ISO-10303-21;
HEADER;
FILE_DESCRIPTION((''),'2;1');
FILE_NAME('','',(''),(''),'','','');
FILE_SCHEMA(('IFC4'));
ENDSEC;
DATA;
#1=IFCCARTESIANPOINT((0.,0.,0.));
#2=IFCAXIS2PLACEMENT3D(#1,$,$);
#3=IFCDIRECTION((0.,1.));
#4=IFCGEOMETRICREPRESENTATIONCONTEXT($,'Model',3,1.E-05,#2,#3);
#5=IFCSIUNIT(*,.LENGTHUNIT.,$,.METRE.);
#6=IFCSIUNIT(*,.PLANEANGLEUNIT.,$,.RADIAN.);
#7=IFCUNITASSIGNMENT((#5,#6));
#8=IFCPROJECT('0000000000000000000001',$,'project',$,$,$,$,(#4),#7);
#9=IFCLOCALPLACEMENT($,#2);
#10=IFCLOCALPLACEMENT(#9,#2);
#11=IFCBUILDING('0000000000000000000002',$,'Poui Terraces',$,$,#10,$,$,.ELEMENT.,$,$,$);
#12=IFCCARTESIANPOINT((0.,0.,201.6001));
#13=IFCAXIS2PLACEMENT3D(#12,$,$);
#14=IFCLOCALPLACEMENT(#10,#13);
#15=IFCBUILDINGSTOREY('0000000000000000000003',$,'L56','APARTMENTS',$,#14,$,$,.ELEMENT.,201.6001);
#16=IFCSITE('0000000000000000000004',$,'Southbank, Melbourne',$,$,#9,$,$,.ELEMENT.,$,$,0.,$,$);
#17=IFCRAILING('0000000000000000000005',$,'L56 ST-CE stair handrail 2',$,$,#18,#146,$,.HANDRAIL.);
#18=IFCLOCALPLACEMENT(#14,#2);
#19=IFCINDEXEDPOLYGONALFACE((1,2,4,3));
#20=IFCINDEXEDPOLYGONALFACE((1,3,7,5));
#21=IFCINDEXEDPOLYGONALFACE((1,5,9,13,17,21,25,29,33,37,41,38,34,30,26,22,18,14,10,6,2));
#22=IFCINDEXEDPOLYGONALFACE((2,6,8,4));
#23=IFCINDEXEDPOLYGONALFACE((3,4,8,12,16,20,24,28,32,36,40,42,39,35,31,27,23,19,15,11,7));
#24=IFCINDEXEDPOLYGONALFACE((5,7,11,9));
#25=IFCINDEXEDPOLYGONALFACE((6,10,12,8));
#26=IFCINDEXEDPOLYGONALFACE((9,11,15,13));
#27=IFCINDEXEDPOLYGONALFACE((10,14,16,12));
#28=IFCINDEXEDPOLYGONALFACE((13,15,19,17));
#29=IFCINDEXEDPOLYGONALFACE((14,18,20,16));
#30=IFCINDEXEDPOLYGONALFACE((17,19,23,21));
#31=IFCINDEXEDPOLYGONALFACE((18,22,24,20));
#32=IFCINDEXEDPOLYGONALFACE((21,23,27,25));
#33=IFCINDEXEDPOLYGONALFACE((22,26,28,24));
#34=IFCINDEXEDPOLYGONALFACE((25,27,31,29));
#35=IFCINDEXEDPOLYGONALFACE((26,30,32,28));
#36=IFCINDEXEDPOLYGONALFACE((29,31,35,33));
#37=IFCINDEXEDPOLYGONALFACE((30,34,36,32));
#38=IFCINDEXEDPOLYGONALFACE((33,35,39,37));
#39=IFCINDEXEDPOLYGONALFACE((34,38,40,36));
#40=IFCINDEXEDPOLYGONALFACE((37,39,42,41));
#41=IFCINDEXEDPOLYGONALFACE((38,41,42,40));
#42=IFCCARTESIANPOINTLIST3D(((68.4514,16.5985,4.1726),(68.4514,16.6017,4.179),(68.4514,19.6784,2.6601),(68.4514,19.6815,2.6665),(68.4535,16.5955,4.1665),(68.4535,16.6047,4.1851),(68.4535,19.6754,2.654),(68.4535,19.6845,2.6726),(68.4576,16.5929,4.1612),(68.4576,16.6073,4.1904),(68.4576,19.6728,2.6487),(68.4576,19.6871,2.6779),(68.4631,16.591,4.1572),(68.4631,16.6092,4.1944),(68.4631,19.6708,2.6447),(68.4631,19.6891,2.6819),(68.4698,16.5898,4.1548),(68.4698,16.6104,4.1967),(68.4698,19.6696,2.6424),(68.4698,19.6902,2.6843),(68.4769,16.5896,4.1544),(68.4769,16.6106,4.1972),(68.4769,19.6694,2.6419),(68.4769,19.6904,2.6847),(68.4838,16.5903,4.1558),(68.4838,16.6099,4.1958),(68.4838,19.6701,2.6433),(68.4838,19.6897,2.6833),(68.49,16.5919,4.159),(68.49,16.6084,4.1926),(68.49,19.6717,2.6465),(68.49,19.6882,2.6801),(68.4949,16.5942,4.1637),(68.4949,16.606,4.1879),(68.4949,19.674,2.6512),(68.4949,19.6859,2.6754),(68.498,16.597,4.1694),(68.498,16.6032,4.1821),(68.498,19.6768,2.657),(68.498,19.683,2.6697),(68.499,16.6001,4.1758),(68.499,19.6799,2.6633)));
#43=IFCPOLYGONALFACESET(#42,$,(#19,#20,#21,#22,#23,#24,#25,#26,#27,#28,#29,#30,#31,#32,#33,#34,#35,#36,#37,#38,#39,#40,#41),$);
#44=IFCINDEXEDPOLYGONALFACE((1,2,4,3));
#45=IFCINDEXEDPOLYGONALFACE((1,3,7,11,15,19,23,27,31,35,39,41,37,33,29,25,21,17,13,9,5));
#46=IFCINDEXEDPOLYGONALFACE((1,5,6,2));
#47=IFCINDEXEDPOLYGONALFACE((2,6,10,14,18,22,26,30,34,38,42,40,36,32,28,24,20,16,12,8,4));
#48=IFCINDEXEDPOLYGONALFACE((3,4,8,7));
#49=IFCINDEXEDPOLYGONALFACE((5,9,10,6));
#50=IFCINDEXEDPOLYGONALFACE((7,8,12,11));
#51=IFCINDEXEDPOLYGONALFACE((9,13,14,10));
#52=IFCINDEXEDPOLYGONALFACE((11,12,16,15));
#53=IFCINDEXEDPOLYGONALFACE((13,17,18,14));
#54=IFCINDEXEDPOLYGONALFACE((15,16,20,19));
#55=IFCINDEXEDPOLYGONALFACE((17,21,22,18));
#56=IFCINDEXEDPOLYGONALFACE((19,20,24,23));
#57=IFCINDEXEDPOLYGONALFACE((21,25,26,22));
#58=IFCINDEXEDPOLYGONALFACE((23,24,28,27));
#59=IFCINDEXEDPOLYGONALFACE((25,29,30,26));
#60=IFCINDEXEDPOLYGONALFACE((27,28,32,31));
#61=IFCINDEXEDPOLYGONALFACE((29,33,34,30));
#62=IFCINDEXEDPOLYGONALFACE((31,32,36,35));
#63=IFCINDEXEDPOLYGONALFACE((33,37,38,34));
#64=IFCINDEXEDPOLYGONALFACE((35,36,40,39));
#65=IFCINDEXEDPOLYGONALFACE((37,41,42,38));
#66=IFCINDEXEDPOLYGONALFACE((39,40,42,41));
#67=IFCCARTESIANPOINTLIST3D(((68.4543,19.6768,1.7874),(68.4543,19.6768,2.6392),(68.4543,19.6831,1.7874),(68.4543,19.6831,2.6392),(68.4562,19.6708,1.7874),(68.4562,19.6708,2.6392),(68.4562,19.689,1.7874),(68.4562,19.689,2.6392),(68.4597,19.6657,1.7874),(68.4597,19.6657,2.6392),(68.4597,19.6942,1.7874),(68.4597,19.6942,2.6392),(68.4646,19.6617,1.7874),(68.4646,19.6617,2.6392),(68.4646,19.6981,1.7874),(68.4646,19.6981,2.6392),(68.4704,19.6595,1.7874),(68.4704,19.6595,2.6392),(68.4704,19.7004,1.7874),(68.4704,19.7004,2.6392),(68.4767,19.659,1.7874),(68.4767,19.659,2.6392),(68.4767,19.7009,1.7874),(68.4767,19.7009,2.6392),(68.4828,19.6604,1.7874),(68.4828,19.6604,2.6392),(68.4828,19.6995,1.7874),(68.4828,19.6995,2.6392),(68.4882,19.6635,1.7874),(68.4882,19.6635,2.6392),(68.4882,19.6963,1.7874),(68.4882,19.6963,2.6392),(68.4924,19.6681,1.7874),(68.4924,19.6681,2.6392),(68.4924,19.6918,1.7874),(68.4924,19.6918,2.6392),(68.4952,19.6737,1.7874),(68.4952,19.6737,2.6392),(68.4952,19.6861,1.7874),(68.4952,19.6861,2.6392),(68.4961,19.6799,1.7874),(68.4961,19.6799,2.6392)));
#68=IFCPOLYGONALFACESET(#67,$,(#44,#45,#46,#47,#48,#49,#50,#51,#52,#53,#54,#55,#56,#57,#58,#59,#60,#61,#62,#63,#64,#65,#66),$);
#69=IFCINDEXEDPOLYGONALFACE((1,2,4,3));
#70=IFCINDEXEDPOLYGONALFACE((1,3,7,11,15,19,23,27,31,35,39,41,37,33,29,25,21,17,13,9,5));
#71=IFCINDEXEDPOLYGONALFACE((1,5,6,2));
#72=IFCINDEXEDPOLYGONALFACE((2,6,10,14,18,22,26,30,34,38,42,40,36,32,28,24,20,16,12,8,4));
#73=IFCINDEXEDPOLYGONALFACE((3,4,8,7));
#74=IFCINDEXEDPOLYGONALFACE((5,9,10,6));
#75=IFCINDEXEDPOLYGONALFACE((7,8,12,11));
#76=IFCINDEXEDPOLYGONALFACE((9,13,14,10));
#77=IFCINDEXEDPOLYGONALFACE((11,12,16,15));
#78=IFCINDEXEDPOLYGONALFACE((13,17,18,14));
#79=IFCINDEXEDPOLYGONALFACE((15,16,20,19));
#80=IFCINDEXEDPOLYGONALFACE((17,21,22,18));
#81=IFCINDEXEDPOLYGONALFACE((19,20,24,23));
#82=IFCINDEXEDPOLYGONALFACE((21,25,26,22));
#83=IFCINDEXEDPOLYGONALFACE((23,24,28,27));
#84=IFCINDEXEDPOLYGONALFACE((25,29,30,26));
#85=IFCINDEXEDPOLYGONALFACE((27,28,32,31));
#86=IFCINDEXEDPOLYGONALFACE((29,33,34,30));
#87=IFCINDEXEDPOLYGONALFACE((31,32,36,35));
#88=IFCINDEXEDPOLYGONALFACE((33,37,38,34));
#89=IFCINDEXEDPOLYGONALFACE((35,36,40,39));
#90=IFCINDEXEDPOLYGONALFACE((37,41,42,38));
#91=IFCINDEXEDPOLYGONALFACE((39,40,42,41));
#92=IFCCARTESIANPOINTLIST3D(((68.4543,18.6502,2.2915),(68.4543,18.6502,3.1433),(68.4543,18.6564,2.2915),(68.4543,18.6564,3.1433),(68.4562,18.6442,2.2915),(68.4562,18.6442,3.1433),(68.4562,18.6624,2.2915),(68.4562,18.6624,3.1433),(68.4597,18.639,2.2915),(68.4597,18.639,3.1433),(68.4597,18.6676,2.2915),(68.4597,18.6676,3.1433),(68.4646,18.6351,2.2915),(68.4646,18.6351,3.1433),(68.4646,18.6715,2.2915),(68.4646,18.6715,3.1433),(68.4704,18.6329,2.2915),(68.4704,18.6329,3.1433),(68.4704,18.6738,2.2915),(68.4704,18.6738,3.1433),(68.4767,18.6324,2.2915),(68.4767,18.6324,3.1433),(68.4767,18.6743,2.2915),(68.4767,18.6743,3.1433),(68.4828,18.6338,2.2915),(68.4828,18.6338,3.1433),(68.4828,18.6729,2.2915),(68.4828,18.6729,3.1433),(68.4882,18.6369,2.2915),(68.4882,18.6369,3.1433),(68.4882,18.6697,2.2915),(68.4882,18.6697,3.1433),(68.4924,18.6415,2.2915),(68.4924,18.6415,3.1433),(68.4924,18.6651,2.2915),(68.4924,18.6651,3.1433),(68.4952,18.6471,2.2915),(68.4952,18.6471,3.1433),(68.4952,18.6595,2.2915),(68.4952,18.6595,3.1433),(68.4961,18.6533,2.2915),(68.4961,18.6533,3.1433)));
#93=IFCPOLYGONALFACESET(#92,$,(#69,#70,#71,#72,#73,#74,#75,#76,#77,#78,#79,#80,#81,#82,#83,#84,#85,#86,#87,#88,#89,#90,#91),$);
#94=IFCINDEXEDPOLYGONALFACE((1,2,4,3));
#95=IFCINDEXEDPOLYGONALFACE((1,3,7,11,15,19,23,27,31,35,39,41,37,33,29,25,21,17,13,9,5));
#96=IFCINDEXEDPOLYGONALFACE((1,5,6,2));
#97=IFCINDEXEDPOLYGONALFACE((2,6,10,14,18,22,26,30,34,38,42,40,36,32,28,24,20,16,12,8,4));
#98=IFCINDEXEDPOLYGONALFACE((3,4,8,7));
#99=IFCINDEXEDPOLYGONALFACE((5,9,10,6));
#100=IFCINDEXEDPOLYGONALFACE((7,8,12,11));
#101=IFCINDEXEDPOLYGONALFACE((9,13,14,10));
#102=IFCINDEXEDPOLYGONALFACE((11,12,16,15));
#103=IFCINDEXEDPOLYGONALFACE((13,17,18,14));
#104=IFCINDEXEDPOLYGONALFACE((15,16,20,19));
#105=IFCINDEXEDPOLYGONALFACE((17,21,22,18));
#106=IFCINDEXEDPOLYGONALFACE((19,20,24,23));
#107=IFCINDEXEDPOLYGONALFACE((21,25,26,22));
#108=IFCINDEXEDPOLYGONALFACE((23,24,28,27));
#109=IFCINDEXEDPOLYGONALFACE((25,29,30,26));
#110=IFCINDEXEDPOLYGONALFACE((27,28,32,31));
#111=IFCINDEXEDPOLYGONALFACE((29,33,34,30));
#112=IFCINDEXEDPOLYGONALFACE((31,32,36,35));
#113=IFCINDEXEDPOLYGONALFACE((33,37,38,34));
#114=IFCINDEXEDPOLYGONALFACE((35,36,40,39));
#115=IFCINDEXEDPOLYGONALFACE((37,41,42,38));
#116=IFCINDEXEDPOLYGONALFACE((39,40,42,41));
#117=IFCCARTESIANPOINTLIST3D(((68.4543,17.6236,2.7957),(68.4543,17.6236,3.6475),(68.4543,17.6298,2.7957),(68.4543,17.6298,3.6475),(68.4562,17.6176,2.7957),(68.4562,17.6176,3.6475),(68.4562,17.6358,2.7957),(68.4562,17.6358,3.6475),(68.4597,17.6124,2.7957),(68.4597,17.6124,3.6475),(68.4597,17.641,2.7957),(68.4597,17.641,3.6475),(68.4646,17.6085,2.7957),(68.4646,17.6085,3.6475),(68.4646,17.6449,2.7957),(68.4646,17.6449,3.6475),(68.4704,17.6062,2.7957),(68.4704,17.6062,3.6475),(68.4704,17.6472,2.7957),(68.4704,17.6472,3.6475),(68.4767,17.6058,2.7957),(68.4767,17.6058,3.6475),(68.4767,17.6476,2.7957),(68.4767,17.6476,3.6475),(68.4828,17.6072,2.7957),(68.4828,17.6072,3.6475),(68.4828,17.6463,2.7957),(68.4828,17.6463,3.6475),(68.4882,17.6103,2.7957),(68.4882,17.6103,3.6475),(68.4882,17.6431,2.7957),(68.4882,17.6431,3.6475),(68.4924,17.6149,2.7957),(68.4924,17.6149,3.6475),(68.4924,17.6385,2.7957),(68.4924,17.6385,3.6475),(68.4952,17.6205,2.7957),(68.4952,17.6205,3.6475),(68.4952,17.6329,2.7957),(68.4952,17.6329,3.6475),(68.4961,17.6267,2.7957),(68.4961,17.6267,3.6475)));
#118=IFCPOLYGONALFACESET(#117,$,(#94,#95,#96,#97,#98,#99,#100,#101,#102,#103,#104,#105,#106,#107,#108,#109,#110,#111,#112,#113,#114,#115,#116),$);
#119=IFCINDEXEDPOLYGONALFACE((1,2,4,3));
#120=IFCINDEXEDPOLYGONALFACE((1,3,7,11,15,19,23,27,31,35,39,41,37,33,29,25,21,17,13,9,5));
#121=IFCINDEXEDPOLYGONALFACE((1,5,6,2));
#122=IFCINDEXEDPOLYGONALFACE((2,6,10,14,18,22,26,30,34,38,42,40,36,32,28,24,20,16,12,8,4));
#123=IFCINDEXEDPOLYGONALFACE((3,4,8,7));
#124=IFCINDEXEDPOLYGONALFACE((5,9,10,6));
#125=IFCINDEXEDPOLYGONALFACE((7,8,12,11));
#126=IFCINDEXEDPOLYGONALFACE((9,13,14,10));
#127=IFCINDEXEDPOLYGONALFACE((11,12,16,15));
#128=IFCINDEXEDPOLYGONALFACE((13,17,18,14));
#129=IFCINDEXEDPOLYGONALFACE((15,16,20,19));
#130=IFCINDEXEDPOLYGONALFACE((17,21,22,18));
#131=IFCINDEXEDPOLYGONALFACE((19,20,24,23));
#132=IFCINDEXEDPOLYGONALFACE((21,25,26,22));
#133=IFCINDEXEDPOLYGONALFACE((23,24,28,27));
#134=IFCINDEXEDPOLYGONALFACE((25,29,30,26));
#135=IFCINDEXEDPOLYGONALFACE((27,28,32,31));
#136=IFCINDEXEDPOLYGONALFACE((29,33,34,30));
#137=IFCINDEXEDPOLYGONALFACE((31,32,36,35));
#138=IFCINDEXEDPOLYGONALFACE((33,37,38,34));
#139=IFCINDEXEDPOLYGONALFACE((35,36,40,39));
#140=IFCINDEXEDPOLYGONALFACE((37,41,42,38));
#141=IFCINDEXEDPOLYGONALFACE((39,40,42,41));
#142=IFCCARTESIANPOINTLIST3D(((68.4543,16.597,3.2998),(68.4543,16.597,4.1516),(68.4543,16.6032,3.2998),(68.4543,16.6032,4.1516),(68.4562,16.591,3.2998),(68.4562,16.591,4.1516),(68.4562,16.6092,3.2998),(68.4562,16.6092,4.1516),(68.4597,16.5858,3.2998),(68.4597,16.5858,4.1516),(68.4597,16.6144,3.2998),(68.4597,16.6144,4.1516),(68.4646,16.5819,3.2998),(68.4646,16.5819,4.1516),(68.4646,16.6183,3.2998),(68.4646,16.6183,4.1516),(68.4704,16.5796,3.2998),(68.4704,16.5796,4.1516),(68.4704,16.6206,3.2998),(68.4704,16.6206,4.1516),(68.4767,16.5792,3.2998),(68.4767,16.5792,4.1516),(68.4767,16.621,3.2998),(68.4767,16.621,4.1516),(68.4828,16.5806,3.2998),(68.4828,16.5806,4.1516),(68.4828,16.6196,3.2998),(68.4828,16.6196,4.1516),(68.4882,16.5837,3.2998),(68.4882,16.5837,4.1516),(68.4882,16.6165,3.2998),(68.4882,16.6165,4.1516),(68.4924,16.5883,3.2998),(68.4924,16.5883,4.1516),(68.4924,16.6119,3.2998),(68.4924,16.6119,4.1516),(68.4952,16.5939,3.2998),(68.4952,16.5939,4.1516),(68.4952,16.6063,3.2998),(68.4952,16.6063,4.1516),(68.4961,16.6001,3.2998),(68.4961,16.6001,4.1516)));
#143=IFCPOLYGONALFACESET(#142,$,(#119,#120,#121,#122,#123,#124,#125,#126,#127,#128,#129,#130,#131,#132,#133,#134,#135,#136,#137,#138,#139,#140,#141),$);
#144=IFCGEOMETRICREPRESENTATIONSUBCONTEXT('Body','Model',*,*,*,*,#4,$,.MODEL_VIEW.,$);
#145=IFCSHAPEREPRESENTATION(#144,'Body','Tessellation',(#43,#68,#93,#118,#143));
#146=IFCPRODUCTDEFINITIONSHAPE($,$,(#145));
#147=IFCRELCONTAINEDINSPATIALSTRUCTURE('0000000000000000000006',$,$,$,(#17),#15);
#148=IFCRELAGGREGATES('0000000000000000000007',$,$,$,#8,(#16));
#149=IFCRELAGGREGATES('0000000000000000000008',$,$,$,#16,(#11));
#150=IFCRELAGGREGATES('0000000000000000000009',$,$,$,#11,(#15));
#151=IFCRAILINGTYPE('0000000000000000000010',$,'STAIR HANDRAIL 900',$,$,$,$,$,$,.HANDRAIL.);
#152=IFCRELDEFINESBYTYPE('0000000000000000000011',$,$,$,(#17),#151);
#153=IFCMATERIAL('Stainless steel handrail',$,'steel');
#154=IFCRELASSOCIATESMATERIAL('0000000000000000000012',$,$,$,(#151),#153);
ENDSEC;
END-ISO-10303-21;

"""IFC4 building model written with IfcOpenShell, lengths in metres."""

from ifc_helpers import new_model, si_unit, direction, frame, origin, origin_2d, place, context, subcontext, project, spatial, circle, extrude, material, type_object, element, save


model = new_model("IFC4")

# Units and contexts
model_context = context("Model", 3, precision=1e-05, world=origin(), true_north=direction((0.0, 1.0)))
body_context = subcontext(model_context, "Body", "Model", "MODEL_VIEW")
ifc_project = project(units=[si_unit("LENGTHUNIT", "METRE"), si_unit("PLANEANGLEUNIT", "RADIAN")], contexts=[model_context])

# Site, building, storey
site_placement = place(None, origin())
site = spatial("IfcSite", under=ifc_project, at=site_placement, Name="Southbank, Melbourne", CompositionType="ELEMENT", RefElevation=0.0)
building_placement = place(site_placement, origin())
building = spatial("IfcBuilding", under=site, at=building_placement, Name="Poui Terraces", CompositionType="ELEMENT")
storey_placement = place(building_placement, frame((0.0, 0.0, 201.6001)))
storey = spatial("IfcBuildingStorey", under=building, at=storey_placement, Name="L56", Description="APARTMENTS", CompositionType="ELEMENT", Elevation=201.6001)

# Railing
ifc_material_1 = material(Name="Stainless steel handrail", Category="steel")
railing_type_1 = type_object("IfcRailingType", Name="STAIR HANDRAIL 900", PredefinedType="HANDRAIL", material=ifc_material_1)
railing_1_placement = place(storey_placement, frame((68.4751, 19.6799, 1.7874)))
element("IfcRailing", 1, at=railing_1_placement, inside=storey, type_object=railing_type_1, Name="L56 ST-CE stair handrail 2", PredefinedType="HANDRAIL", context=body_context, shape_type="SweptSolid", body=[
    extrude(circle(Radius=0.0239, at=origin_2d()), frame((0.0, 0.0, 0.876), z_axis=(0.0, -0.897606, 0.440798), x_axis=(1.0, 0.0, 0.0)), (0.0, 0.0, 1.0), 3.4312),
    extrude(circle(Radius=0.021, at=origin_2d()), origin(), (0.0, 0.0, 1.0), 0.8518),
    extrude(circle(Radius=0.021, at=origin_2d()), frame((0.0, -1.0266, 0.5042)), (0.0, 0.0, 1.0), 0.8518),
    extrude(circle(Radius=0.021, at=origin_2d()), frame((0.0, -2.0532, 1.0083)), (0.0, 0.0, 1.0), 0.8518),
    extrude(circle(Radius=0.021, at=origin_2d()), frame((0.0, -3.0798, 1.5125)), (0.0, 0.0, 1.0), 0.8518),
])

save(model, "model.ifc")
